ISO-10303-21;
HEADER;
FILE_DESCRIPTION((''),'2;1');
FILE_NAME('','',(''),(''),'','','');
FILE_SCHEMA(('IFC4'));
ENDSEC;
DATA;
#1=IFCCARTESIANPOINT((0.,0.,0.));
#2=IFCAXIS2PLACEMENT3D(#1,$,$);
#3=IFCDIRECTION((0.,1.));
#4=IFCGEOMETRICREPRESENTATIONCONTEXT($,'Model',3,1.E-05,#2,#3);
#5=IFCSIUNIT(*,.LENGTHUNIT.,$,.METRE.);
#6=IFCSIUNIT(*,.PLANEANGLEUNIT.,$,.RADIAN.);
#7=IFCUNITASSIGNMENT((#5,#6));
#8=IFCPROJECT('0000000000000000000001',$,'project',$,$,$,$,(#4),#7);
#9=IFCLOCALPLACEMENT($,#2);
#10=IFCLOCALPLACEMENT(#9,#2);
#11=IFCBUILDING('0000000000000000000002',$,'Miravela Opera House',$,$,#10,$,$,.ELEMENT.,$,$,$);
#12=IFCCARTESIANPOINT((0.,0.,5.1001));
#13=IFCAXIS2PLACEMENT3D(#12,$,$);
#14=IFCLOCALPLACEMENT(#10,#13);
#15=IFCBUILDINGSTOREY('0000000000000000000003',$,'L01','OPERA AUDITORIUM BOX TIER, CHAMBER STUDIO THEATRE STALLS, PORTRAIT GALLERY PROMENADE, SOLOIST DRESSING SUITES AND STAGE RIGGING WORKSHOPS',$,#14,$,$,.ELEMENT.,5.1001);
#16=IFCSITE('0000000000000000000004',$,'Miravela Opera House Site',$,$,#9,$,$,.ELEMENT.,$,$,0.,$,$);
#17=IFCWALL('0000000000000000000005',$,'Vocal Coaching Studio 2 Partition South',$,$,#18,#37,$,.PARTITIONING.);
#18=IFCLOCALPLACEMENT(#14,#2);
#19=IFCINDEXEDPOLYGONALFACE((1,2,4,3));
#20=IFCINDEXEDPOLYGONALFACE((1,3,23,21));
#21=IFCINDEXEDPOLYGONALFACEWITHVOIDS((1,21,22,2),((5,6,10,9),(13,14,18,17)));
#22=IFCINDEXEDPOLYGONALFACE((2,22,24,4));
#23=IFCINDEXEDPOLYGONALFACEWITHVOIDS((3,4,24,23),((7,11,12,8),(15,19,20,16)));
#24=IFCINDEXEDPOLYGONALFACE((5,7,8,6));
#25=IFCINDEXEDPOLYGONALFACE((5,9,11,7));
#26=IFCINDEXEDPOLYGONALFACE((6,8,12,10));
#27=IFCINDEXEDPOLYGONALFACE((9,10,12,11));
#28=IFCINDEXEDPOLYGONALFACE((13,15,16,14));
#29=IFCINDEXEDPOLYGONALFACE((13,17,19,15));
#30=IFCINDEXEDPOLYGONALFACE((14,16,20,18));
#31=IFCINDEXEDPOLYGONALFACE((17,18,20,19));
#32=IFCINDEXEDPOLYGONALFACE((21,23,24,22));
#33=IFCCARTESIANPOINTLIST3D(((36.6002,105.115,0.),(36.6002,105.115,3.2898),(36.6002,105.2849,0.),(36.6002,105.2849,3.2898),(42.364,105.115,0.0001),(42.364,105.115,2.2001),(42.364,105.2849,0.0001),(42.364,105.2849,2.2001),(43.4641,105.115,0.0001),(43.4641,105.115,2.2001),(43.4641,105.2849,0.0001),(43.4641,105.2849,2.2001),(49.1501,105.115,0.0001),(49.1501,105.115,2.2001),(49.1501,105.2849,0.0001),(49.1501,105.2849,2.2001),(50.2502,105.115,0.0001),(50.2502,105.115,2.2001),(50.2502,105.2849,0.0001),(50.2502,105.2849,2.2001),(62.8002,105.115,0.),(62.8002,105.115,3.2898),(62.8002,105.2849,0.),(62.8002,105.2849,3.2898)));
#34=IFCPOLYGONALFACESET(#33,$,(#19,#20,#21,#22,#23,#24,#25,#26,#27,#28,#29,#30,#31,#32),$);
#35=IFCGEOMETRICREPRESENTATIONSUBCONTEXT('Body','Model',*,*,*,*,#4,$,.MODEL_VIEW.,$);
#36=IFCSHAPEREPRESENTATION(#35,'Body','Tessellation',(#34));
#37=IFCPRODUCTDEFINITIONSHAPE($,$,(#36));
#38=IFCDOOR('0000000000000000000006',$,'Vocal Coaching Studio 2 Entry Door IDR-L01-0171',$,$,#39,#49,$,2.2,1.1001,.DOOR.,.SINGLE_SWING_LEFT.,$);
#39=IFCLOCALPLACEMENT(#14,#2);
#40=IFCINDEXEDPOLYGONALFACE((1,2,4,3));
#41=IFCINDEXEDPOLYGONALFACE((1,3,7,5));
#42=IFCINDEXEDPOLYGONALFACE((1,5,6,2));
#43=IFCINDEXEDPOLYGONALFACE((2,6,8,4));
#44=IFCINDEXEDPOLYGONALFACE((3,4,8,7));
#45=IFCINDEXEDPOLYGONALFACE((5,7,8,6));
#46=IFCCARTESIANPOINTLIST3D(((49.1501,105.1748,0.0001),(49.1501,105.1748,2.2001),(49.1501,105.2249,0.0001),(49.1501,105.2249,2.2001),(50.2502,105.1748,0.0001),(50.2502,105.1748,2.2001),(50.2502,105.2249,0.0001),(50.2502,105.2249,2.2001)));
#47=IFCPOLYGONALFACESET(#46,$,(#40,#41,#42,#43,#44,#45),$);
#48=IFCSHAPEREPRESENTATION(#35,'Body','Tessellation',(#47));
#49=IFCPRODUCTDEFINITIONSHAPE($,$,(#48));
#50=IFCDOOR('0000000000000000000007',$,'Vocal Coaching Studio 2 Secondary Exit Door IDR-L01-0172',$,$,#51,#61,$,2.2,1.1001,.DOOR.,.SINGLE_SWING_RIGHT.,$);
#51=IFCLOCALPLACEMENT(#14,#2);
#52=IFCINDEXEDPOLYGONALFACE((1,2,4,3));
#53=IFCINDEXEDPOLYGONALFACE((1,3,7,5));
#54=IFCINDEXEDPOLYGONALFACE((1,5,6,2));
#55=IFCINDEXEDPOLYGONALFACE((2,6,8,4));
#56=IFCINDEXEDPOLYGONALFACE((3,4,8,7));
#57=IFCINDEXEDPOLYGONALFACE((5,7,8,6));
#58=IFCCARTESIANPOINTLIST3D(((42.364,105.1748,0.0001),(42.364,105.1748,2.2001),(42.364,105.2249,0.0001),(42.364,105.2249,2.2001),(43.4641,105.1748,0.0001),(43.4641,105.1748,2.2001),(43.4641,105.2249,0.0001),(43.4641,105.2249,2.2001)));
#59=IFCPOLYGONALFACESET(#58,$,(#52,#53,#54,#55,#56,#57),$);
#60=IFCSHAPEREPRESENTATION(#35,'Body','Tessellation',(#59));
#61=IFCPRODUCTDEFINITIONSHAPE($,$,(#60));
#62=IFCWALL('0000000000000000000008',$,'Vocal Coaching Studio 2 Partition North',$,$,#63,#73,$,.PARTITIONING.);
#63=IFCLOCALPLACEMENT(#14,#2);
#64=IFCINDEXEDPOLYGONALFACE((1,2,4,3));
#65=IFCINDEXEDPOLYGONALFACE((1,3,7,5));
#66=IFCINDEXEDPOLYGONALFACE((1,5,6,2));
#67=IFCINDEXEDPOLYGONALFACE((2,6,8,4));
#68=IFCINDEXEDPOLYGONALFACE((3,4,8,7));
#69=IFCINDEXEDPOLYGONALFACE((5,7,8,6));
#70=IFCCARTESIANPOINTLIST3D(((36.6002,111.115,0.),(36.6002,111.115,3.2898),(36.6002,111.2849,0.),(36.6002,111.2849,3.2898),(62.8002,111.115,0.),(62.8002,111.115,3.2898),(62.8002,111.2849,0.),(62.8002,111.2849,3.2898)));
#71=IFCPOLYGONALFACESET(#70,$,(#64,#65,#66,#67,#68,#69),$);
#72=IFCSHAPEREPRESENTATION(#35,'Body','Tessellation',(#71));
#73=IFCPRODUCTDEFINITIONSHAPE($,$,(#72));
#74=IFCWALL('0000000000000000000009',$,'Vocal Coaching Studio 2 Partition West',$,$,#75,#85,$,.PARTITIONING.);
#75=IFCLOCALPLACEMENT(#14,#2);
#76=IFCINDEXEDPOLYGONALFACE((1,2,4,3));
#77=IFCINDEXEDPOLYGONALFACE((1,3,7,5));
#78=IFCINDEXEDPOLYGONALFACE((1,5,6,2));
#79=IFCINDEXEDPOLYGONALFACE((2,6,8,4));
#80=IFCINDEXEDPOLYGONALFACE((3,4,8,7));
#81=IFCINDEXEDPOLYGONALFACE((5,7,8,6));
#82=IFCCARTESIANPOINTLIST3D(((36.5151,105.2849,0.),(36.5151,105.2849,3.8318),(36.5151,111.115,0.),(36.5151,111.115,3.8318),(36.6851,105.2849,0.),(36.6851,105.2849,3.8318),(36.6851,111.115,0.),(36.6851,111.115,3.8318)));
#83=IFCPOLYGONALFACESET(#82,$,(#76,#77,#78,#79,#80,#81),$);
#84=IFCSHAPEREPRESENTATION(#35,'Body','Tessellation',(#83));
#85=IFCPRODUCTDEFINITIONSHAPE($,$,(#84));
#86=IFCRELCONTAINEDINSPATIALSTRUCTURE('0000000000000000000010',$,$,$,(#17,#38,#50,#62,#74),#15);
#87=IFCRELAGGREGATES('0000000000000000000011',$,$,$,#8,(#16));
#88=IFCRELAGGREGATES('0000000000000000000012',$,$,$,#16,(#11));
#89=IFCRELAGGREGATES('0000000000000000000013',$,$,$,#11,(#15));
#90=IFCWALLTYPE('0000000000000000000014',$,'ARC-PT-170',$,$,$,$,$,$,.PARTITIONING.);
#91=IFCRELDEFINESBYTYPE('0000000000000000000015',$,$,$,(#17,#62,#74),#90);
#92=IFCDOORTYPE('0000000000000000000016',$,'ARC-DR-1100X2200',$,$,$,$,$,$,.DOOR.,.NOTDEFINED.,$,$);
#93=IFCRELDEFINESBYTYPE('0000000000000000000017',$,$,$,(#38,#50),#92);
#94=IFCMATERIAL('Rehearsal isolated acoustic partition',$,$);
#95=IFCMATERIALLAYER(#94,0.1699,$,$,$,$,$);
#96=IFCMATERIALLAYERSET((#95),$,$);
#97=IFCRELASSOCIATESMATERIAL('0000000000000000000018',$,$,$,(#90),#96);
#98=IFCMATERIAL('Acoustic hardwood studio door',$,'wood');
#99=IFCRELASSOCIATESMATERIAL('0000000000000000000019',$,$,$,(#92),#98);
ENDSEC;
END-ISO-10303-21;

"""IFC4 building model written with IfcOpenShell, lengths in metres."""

from ifc_helpers import new_model, si_unit, direction, frame, frame_2d, origin, place, context, subcontext, project, spatial, rectangle, extrude, material, layer, layer_set, type_object, element, fill, save


model = new_model("IFC4")

# Units and contexts
model_context = context("Model", 3, precision=1e-05, world=origin(), true_north=direction((0.0, 1.0)))
body_context = subcontext(model_context, "Body", "Model", "MODEL_VIEW")
ifc_project = project(units=[si_unit("LENGTHUNIT", "METRE"), si_unit("PLANEANGLEUNIT", "RADIAN")], contexts=[model_context])

# Site, building, storey
site_placement = place(None, origin())
site = spatial("IfcSite", under=ifc_project, at=site_placement, Name="Miravela Opera House Site", CompositionType="ELEMENT", RefElevation=0.0)
building_placement = place(site_placement, origin())
building = spatial("IfcBuilding", under=site, at=building_placement, Name="Miravela Opera House", CompositionType="ELEMENT")
storey_placement = place(building_placement, frame((0.0, 0.0, 5.1001)))
storey = spatial("IfcBuildingStorey", under=building, at=storey_placement, Name="L01", Description="OPERA AUDITORIUM BOX TIER, CHAMBER STUDIO THEATRE STALLS, PORTRAIT GALLERY PROMENADE, SOLOIST DRESSING SUITES AND STAGE RIGGING WORKSHOPS", CompositionType="ELEMENT", Elevation=5.1001)

# Wall, openings, doors
ifc_material_1 = material(Name="Rehearsal isolated acoustic partition")
ifc_layer_1 = layer(ifc_material_1, 0.1699)
ifc_layer_set_1 = layer_set([ifc_layer_1])
wall_type_1 = type_object("IfcWallType", Name="ARC-PT-170", PredefinedType="PARTITIONING", material=ifc_layer_set_1)
wall_1_placement = place(storey_placement, frame((36.6001, 105.2, 0.0), z_axis=(0.0, 0.0, 1.0), x_axis=(1.0, 0.0, 0.0)))
wall_1 = element("IfcWall", 1, at=wall_1_placement, inside=storey, type_object=wall_type_1, Name="Vocal Coaching Studio 2 Partition South", PredefinedType="PARTITIONING", context=body_context, shape_type="SweptSolid", body=[
    extrude(rectangle(XDim=26.2, YDim=0.1699, at=frame_2d((13.1001, 0.0))), origin(), (0.0, 0.0, 1.0), 3.2898),
])
opening_1_placement = place(wall_1_placement, frame((12.55, 0.0, 0.0)))
opening_1 = element("IfcOpeningElement", 2, at=opening_1_placement, cuts=wall_1, PredefinedType="OPENING", context=body_context, shape_type="SweptSolid", body=[
    extrude(rectangle(XDim=1.1001, YDim=2.2, at=frame_2d((0.55, 1.1001))), frame((0.0, 0.095, 0.0), z_axis=(0.0, -1.0, 0.0), x_axis=(1.0, 0.0, 0.0)), (0.0, 0.0, 1.0), 0.1899),
])
opening_2_placement = place(wall_1_placement, frame((5.7639, 0.0, 0.0)))
opening_2 = element("IfcOpeningElement", 3, at=opening_2_placement, cuts=wall_1, PredefinedType="OPENING", context=body_context, shape_type="SweptSolid", body=[
    extrude(rectangle(XDim=1.1001, YDim=2.2, at=frame_2d((0.55, 1.1001))), frame((0.0, 0.095, 0.0), z_axis=(0.0, -1.0, 0.0), x_axis=(1.0, 0.0, 0.0)), (0.0, 0.0, 1.0), 0.1899),
])
ifc_material_2 = material(Name="Acoustic hardwood studio door", Category="wood")
door_type = type_object("IfcDoorType", Name="ARC-DR-1100X2200", OperationType="NOTDEFINED", PredefinedType="DOOR", material=ifc_material_2)
door_1_placement = place(opening_1_placement, origin())
door_1 = element("IfcDoor", 4, at=door_1_placement, inside=storey, type_object=door_type, Name="Vocal Coaching Studio 2 Entry Door IDR-L01-0171", OperationType="SINGLE_SWING_LEFT", OverallHeight=2.2, OverallWidth=1.1001, PredefinedType="DOOR", context=body_context, shape_type="SweptSolid", body=[
    extrude(rectangle(XDim=1.1001, YDim=2.2, at=frame_2d((0.55, 1.1001))), frame((0.0, 0.0249, 0.0), z_axis=(0.0, -1.0, 0.0), x_axis=(1.0, 0.0, 0.0)), (0.0, 0.0, 1.0), 0.05),
])
fill(opening_1, door_1)
door_2_placement = place(opening_2_placement, origin())
door_2 = element("IfcDoor", 5, at=door_2_placement, inside=storey, type_object=door_type, Name="Vocal Coaching Studio 2 Secondary Exit Door IDR-L01-0172", OperationType="SINGLE_SWING_RIGHT", OverallHeight=2.2, OverallWidth=1.1001, PredefinedType="DOOR", context=body_context, shape_type="SweptSolid", body=[
    extrude(rectangle(XDim=1.1001, YDim=2.2, at=frame_2d((0.55, 1.1001))), frame((0.0, 0.0249, 0.0), z_axis=(0.0, -1.0, 0.0), x_axis=(1.0, 0.0, 0.0)), (0.0, 0.0, 1.0), 0.05),
])
fill(opening_2, door_2)

# Walls
wall_2_placement = place(storey_placement, frame((36.6001, 111.2, 0.0), z_axis=(0.0, 0.0, 1.0), x_axis=(1.0, 0.0, 0.0)))
element("IfcWall", 6, at=wall_2_placement, inside=storey, type_object=wall_type_1, Name="Vocal Coaching Studio 2 Partition North", PredefinedType="PARTITIONING", context=body_context, shape_type="SweptSolid", body=[
    extrude(rectangle(XDim=26.2, YDim=0.1699, at=frame_2d((13.1001, 0.0))), origin(), (0.0, 0.0, 1.0), 3.2898),
])
wall_3_placement = place(storey_placement, frame((36.6001, 105.2849, 0.0), z_axis=(0.0, 0.0, 1.0), x_axis=(0.0, 1.0, 0.0)))
element("IfcWall", 7, at=wall_3_placement, inside=storey, type_object=wall_type_1, Name="Vocal Coaching Studio 2 Partition West", PredefinedType="PARTITIONING", context=body_context, shape_type="SweptSolid", body=[
    extrude(rectangle(XDim=5.8301, YDim=0.1699, at=frame_2d((2.915, 0.0))), origin(), (0.0, 0.0, 1.0), 3.8318),
])

save(model, "model.ifc")
